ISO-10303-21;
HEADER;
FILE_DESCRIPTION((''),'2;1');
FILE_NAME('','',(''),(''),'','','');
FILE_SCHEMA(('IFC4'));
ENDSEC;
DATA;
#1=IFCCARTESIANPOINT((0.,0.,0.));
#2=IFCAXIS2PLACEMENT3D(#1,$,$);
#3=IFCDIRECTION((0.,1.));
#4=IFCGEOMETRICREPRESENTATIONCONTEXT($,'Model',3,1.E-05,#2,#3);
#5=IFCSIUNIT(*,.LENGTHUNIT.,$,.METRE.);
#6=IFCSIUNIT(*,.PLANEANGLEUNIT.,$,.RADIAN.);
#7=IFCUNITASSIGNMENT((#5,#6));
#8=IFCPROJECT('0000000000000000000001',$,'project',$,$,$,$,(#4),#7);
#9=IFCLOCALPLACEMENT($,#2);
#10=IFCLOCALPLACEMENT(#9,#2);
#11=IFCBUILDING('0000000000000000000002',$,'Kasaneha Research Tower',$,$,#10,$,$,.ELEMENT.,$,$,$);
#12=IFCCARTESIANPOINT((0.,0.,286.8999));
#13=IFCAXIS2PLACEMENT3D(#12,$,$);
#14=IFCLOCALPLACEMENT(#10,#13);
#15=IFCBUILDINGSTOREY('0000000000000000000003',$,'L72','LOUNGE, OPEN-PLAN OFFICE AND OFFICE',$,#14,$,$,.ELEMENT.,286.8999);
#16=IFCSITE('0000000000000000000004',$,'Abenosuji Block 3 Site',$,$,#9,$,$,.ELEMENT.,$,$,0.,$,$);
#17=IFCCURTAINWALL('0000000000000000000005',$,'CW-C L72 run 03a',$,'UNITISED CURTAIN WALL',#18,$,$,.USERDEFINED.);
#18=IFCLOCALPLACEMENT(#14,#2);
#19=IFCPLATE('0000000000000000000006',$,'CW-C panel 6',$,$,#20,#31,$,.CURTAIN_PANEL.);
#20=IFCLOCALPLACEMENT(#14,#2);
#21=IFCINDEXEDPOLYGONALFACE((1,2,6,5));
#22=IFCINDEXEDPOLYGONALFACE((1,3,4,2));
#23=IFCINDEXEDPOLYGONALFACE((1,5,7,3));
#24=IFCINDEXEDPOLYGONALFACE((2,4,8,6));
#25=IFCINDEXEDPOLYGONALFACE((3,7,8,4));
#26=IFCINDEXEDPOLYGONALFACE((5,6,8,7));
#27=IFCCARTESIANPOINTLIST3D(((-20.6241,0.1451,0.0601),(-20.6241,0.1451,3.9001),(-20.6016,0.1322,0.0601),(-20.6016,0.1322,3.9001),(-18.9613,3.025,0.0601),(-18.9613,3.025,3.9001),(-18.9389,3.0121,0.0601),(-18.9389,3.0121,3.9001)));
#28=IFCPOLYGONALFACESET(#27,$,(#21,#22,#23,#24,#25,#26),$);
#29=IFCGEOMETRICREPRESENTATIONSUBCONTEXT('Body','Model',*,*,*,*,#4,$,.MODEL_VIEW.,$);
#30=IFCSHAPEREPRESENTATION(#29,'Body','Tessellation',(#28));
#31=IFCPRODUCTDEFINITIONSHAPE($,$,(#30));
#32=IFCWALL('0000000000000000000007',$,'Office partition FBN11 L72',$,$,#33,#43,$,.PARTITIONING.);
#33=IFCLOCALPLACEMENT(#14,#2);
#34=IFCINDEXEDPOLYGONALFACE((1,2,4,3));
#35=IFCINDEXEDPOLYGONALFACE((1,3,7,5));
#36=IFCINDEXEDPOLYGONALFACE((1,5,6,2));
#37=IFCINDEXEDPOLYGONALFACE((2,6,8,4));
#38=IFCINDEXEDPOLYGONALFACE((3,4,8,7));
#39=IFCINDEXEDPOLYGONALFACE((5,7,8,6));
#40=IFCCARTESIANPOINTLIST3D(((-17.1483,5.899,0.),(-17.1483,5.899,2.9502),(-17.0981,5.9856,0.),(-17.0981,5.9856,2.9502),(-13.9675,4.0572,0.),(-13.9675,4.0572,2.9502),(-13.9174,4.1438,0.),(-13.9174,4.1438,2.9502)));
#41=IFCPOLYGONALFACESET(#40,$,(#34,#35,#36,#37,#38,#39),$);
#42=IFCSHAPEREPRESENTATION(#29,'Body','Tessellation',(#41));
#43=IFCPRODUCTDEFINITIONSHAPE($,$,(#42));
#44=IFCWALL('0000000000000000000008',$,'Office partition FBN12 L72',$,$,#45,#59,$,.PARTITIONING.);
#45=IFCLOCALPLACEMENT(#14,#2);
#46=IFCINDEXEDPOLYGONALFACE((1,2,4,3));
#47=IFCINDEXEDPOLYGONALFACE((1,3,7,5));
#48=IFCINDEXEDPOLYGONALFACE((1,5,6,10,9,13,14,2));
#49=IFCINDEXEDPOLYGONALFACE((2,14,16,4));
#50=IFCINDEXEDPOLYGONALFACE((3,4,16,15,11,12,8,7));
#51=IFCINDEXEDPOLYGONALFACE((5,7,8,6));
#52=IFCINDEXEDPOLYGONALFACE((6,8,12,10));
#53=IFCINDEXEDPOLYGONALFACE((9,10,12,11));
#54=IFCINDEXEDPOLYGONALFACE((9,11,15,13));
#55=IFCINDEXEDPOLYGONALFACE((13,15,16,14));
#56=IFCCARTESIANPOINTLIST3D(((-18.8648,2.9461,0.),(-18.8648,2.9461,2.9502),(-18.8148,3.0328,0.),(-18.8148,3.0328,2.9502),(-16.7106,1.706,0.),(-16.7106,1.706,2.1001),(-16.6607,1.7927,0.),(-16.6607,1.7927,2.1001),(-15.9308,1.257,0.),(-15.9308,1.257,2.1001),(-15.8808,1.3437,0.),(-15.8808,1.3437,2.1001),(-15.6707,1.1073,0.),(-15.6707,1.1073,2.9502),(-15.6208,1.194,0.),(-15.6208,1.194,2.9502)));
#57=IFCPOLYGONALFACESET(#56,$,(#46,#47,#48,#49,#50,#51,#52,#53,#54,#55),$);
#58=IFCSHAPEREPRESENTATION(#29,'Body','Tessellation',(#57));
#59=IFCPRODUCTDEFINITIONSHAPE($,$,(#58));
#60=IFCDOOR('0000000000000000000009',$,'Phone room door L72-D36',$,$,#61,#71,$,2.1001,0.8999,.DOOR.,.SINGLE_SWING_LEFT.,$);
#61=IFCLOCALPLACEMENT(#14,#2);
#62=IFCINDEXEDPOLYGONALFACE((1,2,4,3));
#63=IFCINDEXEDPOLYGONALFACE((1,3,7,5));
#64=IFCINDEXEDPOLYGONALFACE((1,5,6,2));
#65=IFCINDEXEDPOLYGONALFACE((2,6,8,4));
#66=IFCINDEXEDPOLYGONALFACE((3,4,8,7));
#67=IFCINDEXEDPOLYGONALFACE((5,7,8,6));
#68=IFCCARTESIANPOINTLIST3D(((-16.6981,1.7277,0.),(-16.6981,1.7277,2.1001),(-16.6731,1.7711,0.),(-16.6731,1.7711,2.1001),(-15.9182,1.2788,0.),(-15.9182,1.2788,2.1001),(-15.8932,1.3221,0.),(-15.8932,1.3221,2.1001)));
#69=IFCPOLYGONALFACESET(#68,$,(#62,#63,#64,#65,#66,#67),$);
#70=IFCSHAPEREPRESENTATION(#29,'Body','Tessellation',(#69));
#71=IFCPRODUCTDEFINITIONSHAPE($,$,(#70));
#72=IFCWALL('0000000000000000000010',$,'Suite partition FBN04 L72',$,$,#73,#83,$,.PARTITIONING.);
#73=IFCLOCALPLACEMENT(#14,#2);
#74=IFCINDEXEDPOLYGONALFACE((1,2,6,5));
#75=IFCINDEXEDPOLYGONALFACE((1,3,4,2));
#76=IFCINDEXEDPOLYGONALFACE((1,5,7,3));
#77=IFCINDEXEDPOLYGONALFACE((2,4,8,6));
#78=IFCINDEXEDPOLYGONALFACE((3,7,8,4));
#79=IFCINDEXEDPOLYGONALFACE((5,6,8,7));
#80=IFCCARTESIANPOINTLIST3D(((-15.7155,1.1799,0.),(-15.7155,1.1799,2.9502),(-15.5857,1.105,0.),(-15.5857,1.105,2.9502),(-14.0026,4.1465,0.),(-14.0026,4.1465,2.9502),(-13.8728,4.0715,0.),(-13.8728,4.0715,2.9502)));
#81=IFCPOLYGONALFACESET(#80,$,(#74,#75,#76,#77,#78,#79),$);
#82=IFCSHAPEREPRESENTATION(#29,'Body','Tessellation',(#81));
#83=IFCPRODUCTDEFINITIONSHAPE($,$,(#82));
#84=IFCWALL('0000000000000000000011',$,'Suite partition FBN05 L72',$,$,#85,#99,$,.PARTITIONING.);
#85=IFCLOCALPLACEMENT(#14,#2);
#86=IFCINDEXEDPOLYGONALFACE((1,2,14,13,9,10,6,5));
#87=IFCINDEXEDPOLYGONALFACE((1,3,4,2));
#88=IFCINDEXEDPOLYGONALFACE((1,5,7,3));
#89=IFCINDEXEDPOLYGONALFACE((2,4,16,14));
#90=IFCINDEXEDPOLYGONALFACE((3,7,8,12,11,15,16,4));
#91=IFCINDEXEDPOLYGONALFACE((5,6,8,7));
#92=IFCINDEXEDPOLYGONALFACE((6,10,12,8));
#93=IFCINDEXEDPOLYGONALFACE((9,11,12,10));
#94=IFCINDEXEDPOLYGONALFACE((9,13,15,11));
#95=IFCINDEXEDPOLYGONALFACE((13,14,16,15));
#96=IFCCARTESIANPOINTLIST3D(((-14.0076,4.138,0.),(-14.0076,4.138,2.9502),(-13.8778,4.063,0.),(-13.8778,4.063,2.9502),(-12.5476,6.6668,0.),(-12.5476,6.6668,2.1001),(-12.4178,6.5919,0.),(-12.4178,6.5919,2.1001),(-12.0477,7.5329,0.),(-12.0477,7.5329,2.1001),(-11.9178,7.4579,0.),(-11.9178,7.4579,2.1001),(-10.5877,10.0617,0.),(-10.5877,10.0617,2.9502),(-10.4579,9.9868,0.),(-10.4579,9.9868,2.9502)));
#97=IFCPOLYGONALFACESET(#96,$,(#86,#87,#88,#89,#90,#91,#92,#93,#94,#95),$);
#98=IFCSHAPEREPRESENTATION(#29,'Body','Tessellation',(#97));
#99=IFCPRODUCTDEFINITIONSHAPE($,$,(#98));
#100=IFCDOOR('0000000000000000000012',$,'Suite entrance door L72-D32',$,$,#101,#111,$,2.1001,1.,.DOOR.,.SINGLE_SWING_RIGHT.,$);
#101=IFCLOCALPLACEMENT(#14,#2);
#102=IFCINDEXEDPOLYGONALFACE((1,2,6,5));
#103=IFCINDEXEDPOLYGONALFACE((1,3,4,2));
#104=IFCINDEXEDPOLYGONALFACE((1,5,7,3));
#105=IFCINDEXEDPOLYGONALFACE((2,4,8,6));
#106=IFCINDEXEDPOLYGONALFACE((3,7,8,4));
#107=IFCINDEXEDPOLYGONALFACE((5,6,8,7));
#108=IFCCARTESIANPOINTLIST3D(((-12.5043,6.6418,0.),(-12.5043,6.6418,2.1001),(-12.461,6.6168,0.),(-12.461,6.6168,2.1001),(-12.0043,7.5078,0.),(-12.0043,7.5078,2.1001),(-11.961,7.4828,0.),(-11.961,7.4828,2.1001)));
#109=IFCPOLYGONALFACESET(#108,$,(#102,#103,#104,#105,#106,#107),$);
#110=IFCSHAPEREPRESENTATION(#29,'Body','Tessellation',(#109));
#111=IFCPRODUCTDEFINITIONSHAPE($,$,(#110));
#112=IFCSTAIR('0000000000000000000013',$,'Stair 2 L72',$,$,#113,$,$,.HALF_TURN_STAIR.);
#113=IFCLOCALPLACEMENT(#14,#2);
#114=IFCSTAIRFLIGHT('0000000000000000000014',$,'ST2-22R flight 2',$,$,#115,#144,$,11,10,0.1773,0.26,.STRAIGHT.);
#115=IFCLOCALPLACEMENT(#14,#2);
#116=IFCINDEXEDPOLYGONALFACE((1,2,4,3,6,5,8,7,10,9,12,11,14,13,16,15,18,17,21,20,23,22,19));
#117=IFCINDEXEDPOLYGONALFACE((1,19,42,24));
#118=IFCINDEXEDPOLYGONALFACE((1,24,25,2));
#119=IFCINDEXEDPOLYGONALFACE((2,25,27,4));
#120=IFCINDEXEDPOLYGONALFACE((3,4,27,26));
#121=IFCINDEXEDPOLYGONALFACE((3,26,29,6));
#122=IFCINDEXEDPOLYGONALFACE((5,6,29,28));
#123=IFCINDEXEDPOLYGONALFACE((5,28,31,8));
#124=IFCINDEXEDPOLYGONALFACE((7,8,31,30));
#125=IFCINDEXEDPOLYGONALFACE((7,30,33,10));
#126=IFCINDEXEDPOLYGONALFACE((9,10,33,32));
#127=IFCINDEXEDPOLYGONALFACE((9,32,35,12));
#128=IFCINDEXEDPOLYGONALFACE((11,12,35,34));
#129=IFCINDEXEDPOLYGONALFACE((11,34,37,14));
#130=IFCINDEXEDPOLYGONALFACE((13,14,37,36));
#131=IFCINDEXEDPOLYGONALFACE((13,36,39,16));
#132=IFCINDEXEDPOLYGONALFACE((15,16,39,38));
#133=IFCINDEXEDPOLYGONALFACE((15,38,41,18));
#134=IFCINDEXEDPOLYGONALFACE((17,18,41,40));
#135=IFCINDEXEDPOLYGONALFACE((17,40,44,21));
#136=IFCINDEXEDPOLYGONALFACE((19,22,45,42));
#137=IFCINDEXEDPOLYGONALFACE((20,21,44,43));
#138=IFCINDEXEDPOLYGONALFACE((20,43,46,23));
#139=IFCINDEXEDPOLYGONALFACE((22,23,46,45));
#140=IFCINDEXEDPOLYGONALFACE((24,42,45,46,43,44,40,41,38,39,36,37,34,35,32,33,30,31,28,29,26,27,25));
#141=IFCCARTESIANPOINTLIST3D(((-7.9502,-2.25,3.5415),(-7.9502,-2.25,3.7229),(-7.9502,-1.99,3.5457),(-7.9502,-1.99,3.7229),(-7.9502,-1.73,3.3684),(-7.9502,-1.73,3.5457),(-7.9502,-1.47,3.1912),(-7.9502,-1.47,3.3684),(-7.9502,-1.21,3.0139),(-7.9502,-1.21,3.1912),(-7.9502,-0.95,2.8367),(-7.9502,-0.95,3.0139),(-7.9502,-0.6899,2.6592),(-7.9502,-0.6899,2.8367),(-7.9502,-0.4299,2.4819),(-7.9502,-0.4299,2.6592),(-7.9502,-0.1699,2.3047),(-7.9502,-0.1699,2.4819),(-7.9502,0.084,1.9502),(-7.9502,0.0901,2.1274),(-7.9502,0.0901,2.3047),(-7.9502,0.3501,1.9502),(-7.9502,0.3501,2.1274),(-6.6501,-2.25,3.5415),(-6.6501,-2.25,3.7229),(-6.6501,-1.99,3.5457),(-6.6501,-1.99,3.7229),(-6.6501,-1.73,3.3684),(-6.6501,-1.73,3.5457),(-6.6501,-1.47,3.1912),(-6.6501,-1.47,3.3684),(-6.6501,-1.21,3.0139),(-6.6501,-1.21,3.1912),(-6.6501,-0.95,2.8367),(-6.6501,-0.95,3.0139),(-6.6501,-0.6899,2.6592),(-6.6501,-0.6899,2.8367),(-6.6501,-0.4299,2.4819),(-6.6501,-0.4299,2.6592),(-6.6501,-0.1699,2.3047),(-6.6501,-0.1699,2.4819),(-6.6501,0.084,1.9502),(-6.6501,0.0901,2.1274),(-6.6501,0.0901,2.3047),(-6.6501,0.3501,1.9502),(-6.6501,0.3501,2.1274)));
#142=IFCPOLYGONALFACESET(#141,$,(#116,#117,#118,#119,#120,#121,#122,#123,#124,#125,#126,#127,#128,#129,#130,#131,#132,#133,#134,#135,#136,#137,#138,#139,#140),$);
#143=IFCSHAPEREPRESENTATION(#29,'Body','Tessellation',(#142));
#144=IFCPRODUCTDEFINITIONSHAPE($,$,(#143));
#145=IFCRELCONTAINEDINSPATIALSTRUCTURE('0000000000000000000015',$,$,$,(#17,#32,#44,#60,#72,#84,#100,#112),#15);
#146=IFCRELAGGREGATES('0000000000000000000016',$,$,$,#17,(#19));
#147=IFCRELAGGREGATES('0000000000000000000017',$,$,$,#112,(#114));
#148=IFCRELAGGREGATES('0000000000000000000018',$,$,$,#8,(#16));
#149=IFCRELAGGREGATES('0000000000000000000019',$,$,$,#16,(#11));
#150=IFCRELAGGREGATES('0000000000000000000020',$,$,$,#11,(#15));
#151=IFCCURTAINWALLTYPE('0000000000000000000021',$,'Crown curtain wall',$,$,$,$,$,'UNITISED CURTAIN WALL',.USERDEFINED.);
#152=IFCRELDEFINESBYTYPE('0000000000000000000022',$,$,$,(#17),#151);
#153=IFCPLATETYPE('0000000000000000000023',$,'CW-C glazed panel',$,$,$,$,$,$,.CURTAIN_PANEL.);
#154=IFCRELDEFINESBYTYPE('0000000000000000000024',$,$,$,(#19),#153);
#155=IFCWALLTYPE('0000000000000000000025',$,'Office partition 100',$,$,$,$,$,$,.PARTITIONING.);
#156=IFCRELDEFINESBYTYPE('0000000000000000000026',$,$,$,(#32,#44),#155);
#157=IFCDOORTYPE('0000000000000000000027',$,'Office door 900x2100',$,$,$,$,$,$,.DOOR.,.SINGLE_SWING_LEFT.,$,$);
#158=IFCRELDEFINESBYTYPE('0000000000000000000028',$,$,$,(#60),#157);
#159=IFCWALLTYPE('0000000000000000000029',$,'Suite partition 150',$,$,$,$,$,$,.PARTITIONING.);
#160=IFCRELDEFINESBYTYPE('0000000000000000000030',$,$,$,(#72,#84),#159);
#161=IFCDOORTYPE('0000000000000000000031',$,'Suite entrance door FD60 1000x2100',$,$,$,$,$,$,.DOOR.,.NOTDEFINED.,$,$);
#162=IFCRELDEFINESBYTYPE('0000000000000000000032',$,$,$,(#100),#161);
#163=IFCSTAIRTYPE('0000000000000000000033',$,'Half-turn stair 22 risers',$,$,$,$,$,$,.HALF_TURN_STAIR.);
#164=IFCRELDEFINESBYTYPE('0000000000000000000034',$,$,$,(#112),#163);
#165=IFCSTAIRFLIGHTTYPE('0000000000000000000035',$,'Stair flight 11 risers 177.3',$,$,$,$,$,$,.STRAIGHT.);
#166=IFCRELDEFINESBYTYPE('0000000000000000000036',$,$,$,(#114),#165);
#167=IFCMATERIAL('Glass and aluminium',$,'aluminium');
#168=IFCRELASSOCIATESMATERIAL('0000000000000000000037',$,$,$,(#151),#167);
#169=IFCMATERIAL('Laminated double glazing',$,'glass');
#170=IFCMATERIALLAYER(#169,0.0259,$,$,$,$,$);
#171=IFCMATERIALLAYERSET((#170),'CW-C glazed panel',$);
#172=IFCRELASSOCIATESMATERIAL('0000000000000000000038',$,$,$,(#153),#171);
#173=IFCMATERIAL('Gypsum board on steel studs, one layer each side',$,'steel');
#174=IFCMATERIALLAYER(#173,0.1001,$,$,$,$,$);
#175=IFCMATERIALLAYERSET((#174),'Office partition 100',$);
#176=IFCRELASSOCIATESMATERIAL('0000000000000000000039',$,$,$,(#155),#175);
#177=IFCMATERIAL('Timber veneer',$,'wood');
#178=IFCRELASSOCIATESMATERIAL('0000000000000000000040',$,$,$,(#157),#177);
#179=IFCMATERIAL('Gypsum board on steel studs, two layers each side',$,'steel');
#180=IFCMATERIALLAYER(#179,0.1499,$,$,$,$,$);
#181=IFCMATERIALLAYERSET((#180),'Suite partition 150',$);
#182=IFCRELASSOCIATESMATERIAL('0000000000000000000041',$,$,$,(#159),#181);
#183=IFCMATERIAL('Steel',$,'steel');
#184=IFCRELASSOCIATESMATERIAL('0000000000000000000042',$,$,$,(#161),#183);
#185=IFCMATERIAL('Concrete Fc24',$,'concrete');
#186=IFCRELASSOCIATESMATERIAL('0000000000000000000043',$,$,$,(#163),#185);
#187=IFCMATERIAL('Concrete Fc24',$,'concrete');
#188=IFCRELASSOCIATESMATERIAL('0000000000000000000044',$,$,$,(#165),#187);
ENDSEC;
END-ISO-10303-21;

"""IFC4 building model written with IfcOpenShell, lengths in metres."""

from ifc_helpers import new_model, si_unit, direction, frame, frame_2d, origin, origin_2d, place, context, subcontext, project, spatial, polyline, rectangle, outline, extrude, material, layer, layer_set, type_object, element, fill, aggregate, save


model = new_model("IFC4")

# Units and contexts
model_context = context("Model", 3, precision=1e-05, world=origin(), true_north=direction((0.0, 1.0)))
body_context = subcontext(model_context, "Body", "Model", "MODEL_VIEW")
ifc_project = project(units=[si_unit("LENGTHUNIT", "METRE"), si_unit("PLANEANGLEUNIT", "RADIAN")], contexts=[model_context])

# Site, building, storey
site_placement = place(None, origin())
site = spatial("IfcSite", under=ifc_project, at=site_placement, Name="Abenosuji Block 3 Site", CompositionType="ELEMENT", RefElevation=0.0)
building_placement = place(site_placement, origin())
building = spatial("IfcBuilding", under=site, at=building_placement, Name="Kasaneha Research Tower", CompositionType="ELEMENT")
storey_placement = place(building_placement, frame((0.0, 0.0, 286.8999)))
storey = spatial("IfcBuildingStorey", under=building, at=storey_placement, Name="L72", Description="LOUNGE, OPEN-PLAN OFFICE AND OFFICE", CompositionType="ELEMENT", Elevation=286.8999)

# Curtain wall
ifc_material_1 = material(Name="Glass and aluminium", Category="aluminium")
curtain_wall_type = type_object("IfcCurtainWallType", Name="Crown curtain wall", ElementType="UNITISED CURTAIN WALL", PredefinedType="USERDEFINED", material=ifc_material_1)
curtain_wall_placement = place(storey_placement, origin())
curtain_wall = element("IfcCurtainWall", 1, at=curtain_wall_placement, inside=storey, type_object=curtain_wall_type, Name="CW-C L72 run 03a", ObjectType="UNITISED CURTAIN WALL", PredefinedType="USERDEFINED")

# Plate
ifc_material_2 = material(Name="Laminated double glazing", Category="glass")
ifc_layer_1 = layer(ifc_material_2, 0.0259)
ifc_layer_set_1 = layer_set([ifc_layer_1], Name="CW-C glazed panel")
plate_type = type_object("IfcPlateType", Name="CW-C glazed panel", PredefinedType="CURTAIN_PANEL", material=ifc_layer_set_1)
plate_1_placement = place(storey_placement, frame((-19.7815, 1.5786, 0.0601), z_axis=(0.0, 0.0, 1.0), x_axis=(-0.5, -0.866025, 0.0)))
plate_1 = element("IfcPlate", 2, at=plate_1_placement, type_object=plate_type, Name="CW-C panel 6", PredefinedType="CURTAIN_PANEL", context=body_context, shape_type="SweptSolid", body=[
    extrude(rectangle(XDim=3.3254, YDim=0.0259, at=origin_2d()), origin(), (0.0, 0.0, 1.0), 3.8401),
])
aggregate(curtain_wall, [plate_1])

# Wall
ifc_material_3 = material(Name="Gypsum board on steel studs, one layer each side", Category="steel")
ifc_layer_2 = layer(ifc_material_3, 0.1001)
ifc_layer_set_2 = layer_set([ifc_layer_2], Name="Office partition 100")
wall_type_1 = type_object("IfcWallType", Name="Office partition 100", PredefinedType="PARTITIONING", material=ifc_layer_set_2)
wall_1_placement = place(storey_placement, frame((-17.1233, 5.9424, 0.0), z_axis=(0.0, 0.0, 1.0), x_axis=(0.865384, -0.50111, 0.0)))
element("IfcWall", 3, at=wall_1_placement, inside=storey, type_object=wall_type_1, Name="Office partition FBN11 L72", PredefinedType="PARTITIONING", context=body_context, shape_type="SweptSolid", body=[
    extrude(rectangle(XDim=3.6755, YDim=0.1001, at=frame_2d((1.8379, 0.0))), origin(), (0.0, 0.0, 1.0), 2.9502),
])

# Wall, opening, door
wall_2_placement = place(storey_placement, frame((-15.6458, 1.1506, 0.0), z_axis=(0.0, 0.0, 1.0), x_axis=(-0.866641, 0.498933, 0.0)))
wall_2 = element("IfcWall", 4, at=wall_2_placement, inside=storey, type_object=wall_type_1, Name="Office partition FBN12 L72", PredefinedType="PARTITIONING", context=body_context, shape_type="SweptSolid", body=[
    extrude(rectangle(XDim=3.6855, YDim=0.1001, at=frame_2d((1.8428, 0.0))), origin(), (0.0, 0.0, 1.0), 2.9502),
])
opening_1_placement = place(wall_2_placement, frame((0.3, 0.0, 0.0)))
opening_1 = element("IfcOpeningElement", 5, at=opening_1_placement, cuts=wall_2, PredefinedType="OPENING", context=body_context, shape_type="SweptSolid", body=[
    extrude(rectangle(XDim=0.8999, YDim=2.1001, at=frame_2d((0.45, 1.05))), frame((0.0, 0.0601, 0.0), z_axis=(0.0, -1.0, 0.0), x_axis=(1.0, 0.0, 0.0)), (0.0, 0.0, 1.0), 0.1201),
])
ifc_material_4 = material(Name="Timber veneer", Category="wood")
door_type_1 = type_object("IfcDoorType", Name="Office door 900x2100", OperationType="SINGLE_SWING_LEFT", PredefinedType="DOOR", material=ifc_material_4)
door_1_placement = place(opening_1_placement, origin())
door_1 = element("IfcDoor", 6, at=door_1_placement, inside=storey, type_object=door_type_1, Name="Phone room door L72-D36", OperationType="SINGLE_SWING_LEFT", OverallHeight=2.1001, OverallWidth=0.8999, PredefinedType="DOOR", context=body_context, shape_type="SweptSolid", body=[
    extrude(rectangle(XDim=0.8999, YDim=2.1001, at=frame_2d((0.45, 1.05))), frame((0.0, 0.0249, 0.0), z_axis=(0.0, -1.0, 0.0), x_axis=(1.0, 0.0, 0.0)), (0.0, 0.0, 1.0), 0.05),
])
fill(opening_1, door_1)

# Wall
ifc_material_5 = material(Name="Gypsum board on steel studs, two layers each side", Category="steel")
ifc_layer_3 = layer(ifc_material_5, 0.1499)
ifc_layer_set_3 = layer_set([ifc_layer_3], Name="Suite partition 150")
wall_type_2 = type_object("IfcWallType", Name="Suite partition 150", PredefinedType="PARTITIONING", material=ifc_layer_set_3)
wall_3_placement = place(storey_placement, frame((-15.6506, 1.1423, 0.0), z_axis=(0.0, 0.0, 1.0), x_axis=(0.500033, 0.866006, 0.0)))
element("IfcWall", 7, at=wall_3_placement, inside=storey, type_object=wall_type_2, Name="Suite partition FBN04 L72", PredefinedType="PARTITIONING", context=body_context, shape_type="SweptSolid", body=[
    extrude(rectangle(XDim=3.4255, YDim=0.1499, at=frame_2d((1.7129, 0.0))), origin(), (0.0, 0.0, 1.0), 2.9502),
])

# Wall, opening, door
wall_4_placement = place(storey_placement, frame((-13.9426, 4.1006, 0.0), z_axis=(0.0, 0.0, 1.0), x_axis=(0.499978, 0.866038, 0.0)))
wall_4 = element("IfcWall", 8, at=wall_4_placement, inside=storey, type_object=wall_type_2, Name="Suite partition FBN05 L72", PredefinedType="PARTITIONING", context=body_context, shape_type="SweptSolid", body=[
    extrude(rectangle(XDim=6.8401, YDim=0.1499, at=frame_2d((3.4199, 0.0))), origin(), (0.0, 0.0, 1.0), 2.9502),
])
opening_2_placement = place(wall_4_placement, frame((2.9199, 0.0, 0.0)))
opening_2 = element("IfcOpeningElement", 9, at=opening_2_placement, cuts=wall_4, PredefinedType="OPENING", context=body_context, shape_type="SweptSolid", body=[
    extrude(rectangle(XDim=1.0, YDim=2.1001, at=frame_2d((0.5, 1.05))), frame((0.0, 0.085, 0.0), z_axis=(0.0, -1.0, 0.0), x_axis=(1.0, 0.0, 0.0)), (0.0, 0.0, 1.0), 0.1699),
])
ifc_material_6 = material(Name="Steel", Category="steel")
door_type_2 = type_object("IfcDoorType", Name="Suite entrance door FD60 1000x2100", OperationType="NOTDEFINED", PredefinedType="DOOR", material=ifc_material_6)
door_2_placement = place(opening_2_placement, origin())
door_2 = element("IfcDoor", 10, at=door_2_placement, inside=storey, type_object=door_type_2, Name="Suite entrance door L72-D32", OperationType="SINGLE_SWING_RIGHT", OverallHeight=2.1001, OverallWidth=1.0, PredefinedType="DOOR", context=body_context, shape_type="SweptSolid", body=[
    extrude(rectangle(XDim=1.0, YDim=2.1001, at=frame_2d((0.5, 1.05))), frame((0.0, 0.0249, 0.0), z_axis=(0.0, -1.0, 0.0), x_axis=(1.0, 0.0, 0.0)), (0.0, 0.0, 1.0), 0.05),
])
fill(opening_2, door_2)

# Stair, stair flight
ifc_material_7 = material(Name="Concrete Fc24", Category="concrete")
stair_type = type_object("IfcStairType", Name="Half-turn stair 22 risers", PredefinedType="HALF_TURN_STAIR", material=ifc_material_7)
stair_placement = place(storey_placement, origin())
stair = element("IfcStair", 11, at=stair_placement, inside=storey, type_object=stair_type, Name="Stair 2 L72", PredefinedType="HALF_TURN_STAIR")
ifc_material_8 = material(Name="Concrete Fc24", Category="concrete")
stair_flight_type = type_object("IfcStairFlightType", Name="Stair flight 11 risers 177.3", PredefinedType="STRAIGHT", material=ifc_material_8)
stair_flight_placement = place(storey_placement, frame((-7.3, 0.3501, 1.9502), z_axis=(0.0, 0.0, 1.0), x_axis=(0.0, -1.0, 0.0)))
stair_flight = element("IfcStairFlight", 12, at=stair_flight_placement, type_object=stair_flight_type, Name="ST2-22R flight 2", NumberOfRisers=11, NumberOfTreads=10, PredefinedType="STRAIGHT", RiserHeight=0.1773, TreadLength=0.26, context=body_context, shape_type="SweptSolid", body=[
    extrude(outline(polyline([(0.0, 0.0), (0.0, 0.1772), (0.26, 0.1772), (0.26, 0.3545), (0.52, 0.3545), (0.52, 0.5317), (0.78, 0.5317), (0.78, 0.709), (1.04, 0.709), (1.04, 0.8865), (1.3, 0.8865), (1.3, 1.0637), (1.5601, 1.0637), (1.5601, 1.241), (1.8201, 1.241), (1.8201, 1.4182), (2.0801, 1.4182), (2.0801, 1.5955), (2.3401, 1.5955), (2.3401, 1.7727), (2.6001, 1.7727), (2.6001, 1.95), (2.6001, 1.5913), (0.2661, 0.0), (0.0, 0.0)])), frame((0.0, 0.6499, 0.0), z_axis=(0.0, -1.0, 0.0), x_axis=(1.0, 0.0, 0.0)), (0.0, 0.0, 1.0), 1.3),
])
aggregate(stair, [stair_flight])

save(model, "model.ifc")
